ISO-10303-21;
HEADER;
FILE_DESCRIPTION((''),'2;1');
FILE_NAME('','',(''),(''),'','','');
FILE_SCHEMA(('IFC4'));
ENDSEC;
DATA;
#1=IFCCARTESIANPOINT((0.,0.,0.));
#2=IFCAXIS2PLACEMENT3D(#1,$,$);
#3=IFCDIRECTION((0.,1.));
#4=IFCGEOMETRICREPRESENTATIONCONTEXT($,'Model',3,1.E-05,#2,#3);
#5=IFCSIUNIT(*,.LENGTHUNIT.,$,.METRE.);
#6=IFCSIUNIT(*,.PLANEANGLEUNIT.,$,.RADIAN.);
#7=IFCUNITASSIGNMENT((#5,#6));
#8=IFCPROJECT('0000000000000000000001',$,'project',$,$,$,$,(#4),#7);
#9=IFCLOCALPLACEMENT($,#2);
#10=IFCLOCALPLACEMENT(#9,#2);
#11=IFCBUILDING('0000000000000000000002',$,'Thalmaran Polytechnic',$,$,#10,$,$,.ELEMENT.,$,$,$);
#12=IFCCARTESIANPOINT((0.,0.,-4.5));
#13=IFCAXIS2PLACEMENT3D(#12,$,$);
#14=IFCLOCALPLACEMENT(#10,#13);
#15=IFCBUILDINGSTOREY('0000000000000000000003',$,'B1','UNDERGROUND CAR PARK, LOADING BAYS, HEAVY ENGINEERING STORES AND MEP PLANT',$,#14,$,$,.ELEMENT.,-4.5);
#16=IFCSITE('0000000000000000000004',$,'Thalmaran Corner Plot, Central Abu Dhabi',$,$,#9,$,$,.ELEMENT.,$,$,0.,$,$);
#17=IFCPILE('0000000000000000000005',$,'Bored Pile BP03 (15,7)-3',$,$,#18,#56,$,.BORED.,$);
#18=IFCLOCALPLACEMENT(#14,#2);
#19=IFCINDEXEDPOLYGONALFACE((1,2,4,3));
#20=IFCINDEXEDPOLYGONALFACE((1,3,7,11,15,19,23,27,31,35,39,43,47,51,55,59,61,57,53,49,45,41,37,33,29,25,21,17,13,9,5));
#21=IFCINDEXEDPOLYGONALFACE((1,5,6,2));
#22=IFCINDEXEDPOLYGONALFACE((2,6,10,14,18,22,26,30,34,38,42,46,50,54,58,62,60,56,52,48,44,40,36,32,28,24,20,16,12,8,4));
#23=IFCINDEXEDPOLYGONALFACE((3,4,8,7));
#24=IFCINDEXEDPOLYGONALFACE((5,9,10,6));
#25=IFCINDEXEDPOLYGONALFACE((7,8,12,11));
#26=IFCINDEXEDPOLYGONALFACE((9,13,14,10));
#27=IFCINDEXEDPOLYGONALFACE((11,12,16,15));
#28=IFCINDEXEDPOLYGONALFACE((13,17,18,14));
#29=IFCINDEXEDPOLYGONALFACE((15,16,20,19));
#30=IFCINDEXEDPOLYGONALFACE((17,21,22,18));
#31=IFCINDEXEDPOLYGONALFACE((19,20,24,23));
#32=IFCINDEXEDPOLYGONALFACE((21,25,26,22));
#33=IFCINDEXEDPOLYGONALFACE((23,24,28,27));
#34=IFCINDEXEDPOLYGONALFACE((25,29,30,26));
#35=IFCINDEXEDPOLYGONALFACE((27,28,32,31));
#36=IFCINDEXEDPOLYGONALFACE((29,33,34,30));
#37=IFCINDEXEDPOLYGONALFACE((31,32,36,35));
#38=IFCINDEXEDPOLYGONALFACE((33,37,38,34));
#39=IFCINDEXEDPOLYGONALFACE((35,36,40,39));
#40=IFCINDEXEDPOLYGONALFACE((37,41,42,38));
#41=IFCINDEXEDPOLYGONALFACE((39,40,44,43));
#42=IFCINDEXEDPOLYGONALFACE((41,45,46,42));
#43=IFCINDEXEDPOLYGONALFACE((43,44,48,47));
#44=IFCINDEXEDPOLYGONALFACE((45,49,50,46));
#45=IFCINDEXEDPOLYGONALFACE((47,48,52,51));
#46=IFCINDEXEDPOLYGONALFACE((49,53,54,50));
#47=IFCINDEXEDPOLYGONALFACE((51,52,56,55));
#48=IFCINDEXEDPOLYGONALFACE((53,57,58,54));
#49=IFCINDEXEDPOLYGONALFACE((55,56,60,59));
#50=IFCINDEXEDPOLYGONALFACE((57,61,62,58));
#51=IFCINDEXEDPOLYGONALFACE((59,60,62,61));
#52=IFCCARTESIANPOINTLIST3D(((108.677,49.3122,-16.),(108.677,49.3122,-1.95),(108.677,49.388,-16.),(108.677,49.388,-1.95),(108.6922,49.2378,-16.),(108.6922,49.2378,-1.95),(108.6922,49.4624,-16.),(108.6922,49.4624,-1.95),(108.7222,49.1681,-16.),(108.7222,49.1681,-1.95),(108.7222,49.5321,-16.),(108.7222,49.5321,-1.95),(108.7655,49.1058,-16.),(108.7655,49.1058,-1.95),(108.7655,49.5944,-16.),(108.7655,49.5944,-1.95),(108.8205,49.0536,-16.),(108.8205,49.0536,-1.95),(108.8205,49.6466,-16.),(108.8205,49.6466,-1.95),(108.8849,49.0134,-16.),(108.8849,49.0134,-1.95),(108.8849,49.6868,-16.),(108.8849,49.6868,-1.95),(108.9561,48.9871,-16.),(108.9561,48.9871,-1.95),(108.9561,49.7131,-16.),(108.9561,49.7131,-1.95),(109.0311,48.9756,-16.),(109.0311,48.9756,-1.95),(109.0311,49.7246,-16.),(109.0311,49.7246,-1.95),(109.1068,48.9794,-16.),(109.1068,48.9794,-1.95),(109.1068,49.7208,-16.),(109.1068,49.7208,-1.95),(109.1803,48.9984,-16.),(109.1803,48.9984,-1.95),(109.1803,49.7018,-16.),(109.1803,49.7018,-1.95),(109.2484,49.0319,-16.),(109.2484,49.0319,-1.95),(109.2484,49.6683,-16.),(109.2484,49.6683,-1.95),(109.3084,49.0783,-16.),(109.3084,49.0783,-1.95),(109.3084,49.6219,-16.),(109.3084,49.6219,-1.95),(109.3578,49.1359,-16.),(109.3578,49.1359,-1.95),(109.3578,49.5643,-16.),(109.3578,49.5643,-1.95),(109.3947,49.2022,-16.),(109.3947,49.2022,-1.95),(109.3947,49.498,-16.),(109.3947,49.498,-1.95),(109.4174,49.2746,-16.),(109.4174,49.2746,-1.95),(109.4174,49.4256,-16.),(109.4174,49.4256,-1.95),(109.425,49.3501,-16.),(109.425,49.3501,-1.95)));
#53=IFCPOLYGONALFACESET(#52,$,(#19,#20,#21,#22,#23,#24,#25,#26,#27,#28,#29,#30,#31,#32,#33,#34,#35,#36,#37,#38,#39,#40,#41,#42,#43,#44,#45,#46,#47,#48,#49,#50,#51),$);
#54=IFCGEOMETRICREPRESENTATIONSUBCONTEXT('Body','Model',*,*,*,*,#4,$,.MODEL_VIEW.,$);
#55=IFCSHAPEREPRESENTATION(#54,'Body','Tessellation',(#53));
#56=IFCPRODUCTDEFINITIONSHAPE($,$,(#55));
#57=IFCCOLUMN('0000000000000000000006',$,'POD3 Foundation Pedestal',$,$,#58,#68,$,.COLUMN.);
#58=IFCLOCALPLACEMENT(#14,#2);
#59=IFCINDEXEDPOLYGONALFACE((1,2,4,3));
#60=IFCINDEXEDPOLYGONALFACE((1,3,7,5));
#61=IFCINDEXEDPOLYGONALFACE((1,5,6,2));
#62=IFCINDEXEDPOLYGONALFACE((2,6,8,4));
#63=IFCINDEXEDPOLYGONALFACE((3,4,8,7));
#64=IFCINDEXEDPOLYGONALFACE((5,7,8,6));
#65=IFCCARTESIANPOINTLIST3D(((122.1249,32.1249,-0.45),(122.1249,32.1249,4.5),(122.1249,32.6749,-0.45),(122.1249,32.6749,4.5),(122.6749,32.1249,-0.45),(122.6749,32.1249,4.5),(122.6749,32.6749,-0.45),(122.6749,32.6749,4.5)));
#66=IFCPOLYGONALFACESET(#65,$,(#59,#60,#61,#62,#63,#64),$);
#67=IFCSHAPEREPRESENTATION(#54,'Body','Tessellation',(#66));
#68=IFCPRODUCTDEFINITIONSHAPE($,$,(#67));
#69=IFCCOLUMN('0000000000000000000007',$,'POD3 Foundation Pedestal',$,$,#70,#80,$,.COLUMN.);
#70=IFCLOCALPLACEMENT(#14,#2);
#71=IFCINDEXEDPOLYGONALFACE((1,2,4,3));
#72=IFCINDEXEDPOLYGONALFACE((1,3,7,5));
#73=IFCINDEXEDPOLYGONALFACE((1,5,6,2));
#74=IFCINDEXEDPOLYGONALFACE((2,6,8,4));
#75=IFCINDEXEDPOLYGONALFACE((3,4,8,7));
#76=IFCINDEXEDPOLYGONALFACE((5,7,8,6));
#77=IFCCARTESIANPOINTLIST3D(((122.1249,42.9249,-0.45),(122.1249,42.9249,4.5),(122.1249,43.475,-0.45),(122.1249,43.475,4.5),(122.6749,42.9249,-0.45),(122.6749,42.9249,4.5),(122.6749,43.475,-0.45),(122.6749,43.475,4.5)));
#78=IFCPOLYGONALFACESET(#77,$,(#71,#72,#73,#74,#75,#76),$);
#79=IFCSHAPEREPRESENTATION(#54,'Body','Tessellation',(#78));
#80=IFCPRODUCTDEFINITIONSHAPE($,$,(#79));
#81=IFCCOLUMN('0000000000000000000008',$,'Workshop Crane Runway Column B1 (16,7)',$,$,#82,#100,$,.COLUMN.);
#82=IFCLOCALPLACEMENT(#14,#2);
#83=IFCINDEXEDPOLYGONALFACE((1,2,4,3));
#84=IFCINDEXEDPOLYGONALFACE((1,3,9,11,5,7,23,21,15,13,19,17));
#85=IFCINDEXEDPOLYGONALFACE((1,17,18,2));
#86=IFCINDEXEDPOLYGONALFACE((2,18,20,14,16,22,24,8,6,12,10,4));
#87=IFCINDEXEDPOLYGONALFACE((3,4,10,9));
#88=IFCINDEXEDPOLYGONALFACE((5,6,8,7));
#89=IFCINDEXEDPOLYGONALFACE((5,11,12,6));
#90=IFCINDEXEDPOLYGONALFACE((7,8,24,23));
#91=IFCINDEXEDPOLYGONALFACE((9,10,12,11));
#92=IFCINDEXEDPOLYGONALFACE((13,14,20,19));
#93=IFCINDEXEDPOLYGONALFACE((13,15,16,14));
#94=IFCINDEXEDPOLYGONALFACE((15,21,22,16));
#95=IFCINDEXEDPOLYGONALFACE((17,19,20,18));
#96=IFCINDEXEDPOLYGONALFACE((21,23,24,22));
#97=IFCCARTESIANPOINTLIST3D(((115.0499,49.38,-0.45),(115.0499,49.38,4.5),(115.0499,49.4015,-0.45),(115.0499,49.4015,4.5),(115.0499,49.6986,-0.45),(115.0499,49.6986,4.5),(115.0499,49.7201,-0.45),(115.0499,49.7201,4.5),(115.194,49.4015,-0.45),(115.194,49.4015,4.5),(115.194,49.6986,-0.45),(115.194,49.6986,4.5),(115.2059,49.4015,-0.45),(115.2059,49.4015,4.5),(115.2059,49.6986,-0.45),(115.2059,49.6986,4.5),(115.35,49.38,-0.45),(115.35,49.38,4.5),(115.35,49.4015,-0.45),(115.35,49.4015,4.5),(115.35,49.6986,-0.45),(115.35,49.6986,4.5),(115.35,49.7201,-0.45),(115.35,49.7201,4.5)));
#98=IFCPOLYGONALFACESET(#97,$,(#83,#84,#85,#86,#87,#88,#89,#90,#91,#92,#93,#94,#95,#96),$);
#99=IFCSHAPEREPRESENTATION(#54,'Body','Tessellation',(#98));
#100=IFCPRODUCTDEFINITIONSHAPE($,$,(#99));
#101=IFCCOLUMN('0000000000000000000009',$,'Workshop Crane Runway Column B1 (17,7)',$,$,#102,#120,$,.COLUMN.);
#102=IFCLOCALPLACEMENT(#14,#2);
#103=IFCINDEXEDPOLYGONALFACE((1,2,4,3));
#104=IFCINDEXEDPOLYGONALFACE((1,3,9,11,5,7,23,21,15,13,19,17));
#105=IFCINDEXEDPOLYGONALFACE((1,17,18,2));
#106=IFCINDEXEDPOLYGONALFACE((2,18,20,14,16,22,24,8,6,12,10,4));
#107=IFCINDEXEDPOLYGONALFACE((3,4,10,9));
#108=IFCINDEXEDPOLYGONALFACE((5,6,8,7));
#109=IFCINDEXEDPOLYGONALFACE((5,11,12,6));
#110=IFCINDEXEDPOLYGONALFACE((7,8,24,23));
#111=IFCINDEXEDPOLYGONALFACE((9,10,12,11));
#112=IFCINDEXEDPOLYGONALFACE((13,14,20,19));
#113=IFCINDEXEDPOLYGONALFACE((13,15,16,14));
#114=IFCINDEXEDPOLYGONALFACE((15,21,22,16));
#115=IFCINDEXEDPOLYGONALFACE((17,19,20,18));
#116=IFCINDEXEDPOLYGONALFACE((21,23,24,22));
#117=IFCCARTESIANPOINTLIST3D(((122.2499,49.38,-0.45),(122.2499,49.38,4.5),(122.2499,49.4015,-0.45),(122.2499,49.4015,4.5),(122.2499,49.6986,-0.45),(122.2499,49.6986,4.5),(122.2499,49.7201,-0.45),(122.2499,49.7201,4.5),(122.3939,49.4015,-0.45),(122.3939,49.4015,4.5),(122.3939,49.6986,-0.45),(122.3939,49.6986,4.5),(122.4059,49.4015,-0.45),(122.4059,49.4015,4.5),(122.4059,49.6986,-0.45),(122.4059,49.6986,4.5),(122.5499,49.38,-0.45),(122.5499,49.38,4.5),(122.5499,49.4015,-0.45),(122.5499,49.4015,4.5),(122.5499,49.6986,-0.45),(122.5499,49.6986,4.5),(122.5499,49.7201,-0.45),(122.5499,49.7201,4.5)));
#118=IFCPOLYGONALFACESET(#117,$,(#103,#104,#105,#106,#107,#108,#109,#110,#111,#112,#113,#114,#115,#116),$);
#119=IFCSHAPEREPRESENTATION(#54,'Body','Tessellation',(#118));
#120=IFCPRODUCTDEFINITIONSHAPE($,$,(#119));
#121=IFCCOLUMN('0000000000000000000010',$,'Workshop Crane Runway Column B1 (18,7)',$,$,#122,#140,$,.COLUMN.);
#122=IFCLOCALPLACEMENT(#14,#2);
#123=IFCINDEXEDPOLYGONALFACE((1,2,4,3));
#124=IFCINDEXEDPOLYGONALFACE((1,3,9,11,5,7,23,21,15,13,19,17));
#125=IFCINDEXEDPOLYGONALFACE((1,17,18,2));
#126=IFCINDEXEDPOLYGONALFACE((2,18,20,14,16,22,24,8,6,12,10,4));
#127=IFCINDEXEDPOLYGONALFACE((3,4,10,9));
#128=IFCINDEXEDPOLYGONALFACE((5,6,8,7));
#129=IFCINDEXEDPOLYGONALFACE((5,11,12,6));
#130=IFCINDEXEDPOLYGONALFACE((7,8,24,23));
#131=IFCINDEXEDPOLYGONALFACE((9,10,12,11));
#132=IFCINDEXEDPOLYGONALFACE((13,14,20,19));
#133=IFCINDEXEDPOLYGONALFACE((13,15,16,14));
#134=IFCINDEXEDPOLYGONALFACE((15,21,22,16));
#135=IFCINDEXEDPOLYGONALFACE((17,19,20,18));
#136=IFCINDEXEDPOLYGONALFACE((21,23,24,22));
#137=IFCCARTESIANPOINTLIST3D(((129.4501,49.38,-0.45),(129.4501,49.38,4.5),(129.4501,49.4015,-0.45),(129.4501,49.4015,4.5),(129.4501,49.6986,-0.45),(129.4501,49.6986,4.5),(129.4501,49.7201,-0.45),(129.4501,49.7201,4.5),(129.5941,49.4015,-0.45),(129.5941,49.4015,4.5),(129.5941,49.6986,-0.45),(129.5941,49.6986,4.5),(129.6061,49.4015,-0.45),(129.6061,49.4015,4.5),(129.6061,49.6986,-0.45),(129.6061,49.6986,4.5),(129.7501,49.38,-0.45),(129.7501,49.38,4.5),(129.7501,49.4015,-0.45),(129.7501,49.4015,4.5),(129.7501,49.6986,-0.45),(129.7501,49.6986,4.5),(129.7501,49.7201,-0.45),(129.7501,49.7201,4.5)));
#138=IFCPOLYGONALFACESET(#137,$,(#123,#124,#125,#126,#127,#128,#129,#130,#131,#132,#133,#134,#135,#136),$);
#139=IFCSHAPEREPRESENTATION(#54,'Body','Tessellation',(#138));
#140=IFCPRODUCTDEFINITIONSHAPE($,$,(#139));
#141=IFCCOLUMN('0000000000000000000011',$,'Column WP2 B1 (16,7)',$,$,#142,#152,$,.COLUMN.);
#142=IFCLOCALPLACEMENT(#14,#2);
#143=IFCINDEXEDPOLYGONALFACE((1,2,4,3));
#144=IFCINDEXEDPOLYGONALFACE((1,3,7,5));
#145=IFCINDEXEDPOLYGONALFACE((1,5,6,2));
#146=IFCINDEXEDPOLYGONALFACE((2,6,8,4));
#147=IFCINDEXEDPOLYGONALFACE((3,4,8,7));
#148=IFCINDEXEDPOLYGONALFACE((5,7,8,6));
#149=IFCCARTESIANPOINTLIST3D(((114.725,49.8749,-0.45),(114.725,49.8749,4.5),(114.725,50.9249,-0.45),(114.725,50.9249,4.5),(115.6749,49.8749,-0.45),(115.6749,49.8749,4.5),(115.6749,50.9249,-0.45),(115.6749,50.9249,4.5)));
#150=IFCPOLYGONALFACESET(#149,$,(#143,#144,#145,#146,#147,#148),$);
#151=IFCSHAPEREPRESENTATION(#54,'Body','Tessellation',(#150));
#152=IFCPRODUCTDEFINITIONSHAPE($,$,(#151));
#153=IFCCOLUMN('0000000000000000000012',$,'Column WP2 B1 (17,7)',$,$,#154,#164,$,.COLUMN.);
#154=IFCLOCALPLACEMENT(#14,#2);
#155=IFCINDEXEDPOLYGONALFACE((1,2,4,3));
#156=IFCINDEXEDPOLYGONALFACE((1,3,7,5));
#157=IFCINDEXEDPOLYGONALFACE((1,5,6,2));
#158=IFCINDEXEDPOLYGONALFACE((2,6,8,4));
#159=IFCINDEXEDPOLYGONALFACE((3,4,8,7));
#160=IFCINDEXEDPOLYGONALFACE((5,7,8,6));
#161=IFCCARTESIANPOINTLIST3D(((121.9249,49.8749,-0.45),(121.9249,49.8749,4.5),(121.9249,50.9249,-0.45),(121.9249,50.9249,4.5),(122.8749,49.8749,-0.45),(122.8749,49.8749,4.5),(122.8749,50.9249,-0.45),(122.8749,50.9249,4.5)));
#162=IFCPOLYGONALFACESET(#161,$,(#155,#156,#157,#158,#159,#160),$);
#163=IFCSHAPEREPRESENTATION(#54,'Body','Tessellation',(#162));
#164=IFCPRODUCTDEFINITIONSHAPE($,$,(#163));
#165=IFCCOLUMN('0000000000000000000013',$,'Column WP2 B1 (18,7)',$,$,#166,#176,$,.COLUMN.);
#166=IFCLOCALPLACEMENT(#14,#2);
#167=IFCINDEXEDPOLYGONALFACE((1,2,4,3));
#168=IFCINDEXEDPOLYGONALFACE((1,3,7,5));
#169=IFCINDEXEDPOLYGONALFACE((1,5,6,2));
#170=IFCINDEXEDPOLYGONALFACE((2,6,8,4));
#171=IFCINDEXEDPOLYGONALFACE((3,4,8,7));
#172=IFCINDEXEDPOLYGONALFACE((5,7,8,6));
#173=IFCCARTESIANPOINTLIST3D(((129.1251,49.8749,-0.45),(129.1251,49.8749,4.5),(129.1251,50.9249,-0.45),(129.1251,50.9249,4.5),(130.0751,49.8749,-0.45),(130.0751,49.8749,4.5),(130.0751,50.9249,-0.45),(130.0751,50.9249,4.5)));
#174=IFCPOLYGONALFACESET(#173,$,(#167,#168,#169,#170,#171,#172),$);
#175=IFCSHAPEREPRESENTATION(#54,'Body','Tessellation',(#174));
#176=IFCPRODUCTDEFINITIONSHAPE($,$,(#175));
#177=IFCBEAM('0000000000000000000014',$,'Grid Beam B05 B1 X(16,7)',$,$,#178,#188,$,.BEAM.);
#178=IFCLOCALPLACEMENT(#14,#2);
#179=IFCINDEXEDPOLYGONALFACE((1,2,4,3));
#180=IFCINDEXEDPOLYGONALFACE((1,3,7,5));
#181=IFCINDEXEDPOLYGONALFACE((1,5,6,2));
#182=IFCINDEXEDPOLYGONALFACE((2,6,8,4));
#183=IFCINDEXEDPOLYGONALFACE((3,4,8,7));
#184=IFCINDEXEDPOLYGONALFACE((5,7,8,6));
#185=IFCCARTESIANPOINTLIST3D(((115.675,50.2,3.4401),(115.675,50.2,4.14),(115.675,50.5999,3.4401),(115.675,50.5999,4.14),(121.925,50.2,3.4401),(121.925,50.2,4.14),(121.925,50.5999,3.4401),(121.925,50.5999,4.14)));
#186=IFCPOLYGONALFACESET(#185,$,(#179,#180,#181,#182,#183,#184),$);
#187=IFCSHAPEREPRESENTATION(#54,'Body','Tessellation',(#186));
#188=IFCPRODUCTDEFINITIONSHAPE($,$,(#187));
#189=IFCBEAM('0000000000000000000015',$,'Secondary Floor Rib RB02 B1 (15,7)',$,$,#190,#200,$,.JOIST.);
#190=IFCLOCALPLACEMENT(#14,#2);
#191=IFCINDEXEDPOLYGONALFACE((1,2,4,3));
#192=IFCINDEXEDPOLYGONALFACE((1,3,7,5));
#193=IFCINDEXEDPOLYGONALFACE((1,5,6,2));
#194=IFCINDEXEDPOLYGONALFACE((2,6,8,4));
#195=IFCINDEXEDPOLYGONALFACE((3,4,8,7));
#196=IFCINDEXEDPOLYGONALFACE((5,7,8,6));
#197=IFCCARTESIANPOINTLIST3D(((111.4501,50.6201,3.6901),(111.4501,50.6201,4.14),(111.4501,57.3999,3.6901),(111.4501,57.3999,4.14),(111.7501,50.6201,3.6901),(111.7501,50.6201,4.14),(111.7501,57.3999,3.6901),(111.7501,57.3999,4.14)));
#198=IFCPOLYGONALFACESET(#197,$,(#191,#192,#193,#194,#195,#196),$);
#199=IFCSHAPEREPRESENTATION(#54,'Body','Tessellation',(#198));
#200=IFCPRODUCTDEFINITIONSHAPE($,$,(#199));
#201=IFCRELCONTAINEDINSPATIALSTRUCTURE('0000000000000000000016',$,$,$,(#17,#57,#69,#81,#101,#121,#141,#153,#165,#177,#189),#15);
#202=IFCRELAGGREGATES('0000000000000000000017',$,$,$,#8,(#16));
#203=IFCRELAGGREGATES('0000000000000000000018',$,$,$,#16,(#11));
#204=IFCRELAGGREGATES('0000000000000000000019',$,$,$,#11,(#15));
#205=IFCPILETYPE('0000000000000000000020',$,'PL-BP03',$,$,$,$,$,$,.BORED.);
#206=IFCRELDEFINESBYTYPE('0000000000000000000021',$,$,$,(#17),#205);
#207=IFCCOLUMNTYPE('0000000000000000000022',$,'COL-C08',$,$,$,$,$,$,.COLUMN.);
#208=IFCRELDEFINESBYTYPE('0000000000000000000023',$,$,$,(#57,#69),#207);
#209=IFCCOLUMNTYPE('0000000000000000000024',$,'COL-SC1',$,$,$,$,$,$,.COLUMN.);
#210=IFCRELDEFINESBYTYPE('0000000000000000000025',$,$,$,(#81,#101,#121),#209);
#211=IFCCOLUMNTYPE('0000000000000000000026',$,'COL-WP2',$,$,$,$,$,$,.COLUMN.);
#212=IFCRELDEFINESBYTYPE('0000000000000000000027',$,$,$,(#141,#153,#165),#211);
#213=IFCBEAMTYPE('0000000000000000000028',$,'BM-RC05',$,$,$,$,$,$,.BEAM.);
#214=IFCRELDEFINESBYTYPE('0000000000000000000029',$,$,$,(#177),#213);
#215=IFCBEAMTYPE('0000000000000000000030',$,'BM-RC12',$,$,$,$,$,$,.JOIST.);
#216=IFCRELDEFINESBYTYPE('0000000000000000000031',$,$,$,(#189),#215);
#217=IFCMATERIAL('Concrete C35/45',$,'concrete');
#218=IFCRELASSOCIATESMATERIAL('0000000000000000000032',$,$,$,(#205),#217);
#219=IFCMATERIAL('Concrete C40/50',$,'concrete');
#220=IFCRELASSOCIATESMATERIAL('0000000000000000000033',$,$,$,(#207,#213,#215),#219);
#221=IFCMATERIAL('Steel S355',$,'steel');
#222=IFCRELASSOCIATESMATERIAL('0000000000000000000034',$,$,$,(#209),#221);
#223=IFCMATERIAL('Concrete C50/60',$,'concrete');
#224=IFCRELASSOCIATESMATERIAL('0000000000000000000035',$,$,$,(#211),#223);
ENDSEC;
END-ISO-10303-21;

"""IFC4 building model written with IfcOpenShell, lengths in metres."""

from ifc_helpers import new_model, si_unit, direction, frame, origin, origin_2d, place, context, subcontext, project, spatial, rectangle, circle, i_section, extrude, material, material_profile, profile_set, type_object, element, save


model = new_model("IFC4")

# Units and contexts
model_context = context("Model", 3, precision=1e-05, world=origin(), true_north=direction((0.0, 1.0)))
body_context = subcontext(model_context, "Body", "Model", "MODEL_VIEW")
ifc_project = project(units=[si_unit("LENGTHUNIT", "METRE"), si_unit("PLANEANGLEUNIT", "RADIAN")], contexts=[model_context])

# Site, building, storey
site_placement = place(None, origin())
site = spatial("IfcSite", under=ifc_project, at=site_placement, Name="Thalmaran Corner Plot, Central Abu Dhabi", CompositionType="ELEMENT", RefElevation=0.0)
building_placement = place(site_placement, origin())
building = spatial("IfcBuilding", under=site, at=building_placement, Name="Thalmaran Polytechnic", CompositionType="ELEMENT")
storey_placement = place(building_placement, frame((0.0, 0.0, -4.5)))
storey = spatial("IfcBuildingStorey", under=building, at=storey_placement, Name="B1", Description="UNDERGROUND CAR PARK, LOADING BAYS, HEAVY ENGINEERING STORES AND MEP PLANT", CompositionType="ELEMENT", Elevation=-4.5)

# Shared definitions
ifc_material_1 = material(Name="Concrete C40/50", Category="concrete")

# Pile
ifc_material_2 = material(Name="Concrete C35/45", Category="concrete")
ifc_material_profile_1 = material_profile(ifc_material_2, circle(Radius=0.375, at=origin_2d()), Name="RC 750 DIA")
ifc_profile_set_1 = profile_set([ifc_material_profile_1], Name="Concrete C35/45")
pile_type_1 = type_object("IfcPileType", Name="PL-BP03", PredefinedType="BORED", material=ifc_profile_set_1)
for number, where, z_axis, x_axis, name in (
    (1, (109.05, 49.3501, -1.95), (0.0, 0.0, -1.0), (1.0, 0.0, 0.0), "Bored Pile BP03 (15,7)-3"),
):
    element("IfcPile", number, at=place(storey_placement, frame(where, z_axis=z_axis, x_axis=x_axis)), inside=storey, type_object=pile_type_1, Name=name, PredefinedType="BORED", context=body_context, shape_type="SweptSolid", body=[
        extrude(circle(Radius=0.375, at=origin_2d()), origin(), (0.0, 0.0, 1.0), 14.05),
    ])

# Columns
ifc_material_profile_2 = material_profile(ifc_material_1, rectangle(XDim=0.55, YDim=0.55, at=origin_2d()), Name="RC 550x550")
ifc_profile_set_2 = profile_set([ifc_material_profile_2], Name="Concrete C40/50")
column_type_1 = type_object("IfcColumnType", Name="COL-C08", PredefinedType="COLUMN", material=ifc_profile_set_2)
for number, where, z_axis, x_axis, name in (
    (2, (122.3999, 32.3999, -0.45), (0.0, 0.0, 1.0), (1.0, 0.0, 0.0), "POD3 Foundation Pedestal"),
    (3, (122.3999, 43.2, -0.45), (0.0, 0.0, 1.0), (1.0, 0.0, 0.0), "POD3 Foundation Pedestal"),
):
    element("IfcColumn", number, at=place(storey_placement, frame(where, z_axis=z_axis, x_axis=x_axis)), inside=storey, type_object=column_type_1, Name=name, PredefinedType="COLUMN", context=body_context, shape_type="SweptSolid", body=[
        extrude(rectangle(XDim=0.55, YDim=0.55, at=origin_2d()), origin(), (0.0, 0.0, 1.0), 4.95),
    ])
ifc_material_3 = material(Name="Steel S355", Category="steel")
ifc_material_profile_3 = material_profile(ifc_material_3, i_section(OverallWidth=0.3, OverallDepth=0.3401, WebThickness=0.012, FlangeThickness=0.0215, at=origin_2d()), Name="HEB 340")
ifc_profile_set_3 = profile_set([ifc_material_profile_3], Name="Steel S355")
column_type_2 = type_object("IfcColumnType", Name="COL-SC1", PredefinedType="COLUMN", material=ifc_profile_set_3)
for number, where, z_axis, x_axis, name in (
    (4, (115.2, 49.55, -0.45), (0.0, 0.0, 1.0), (1.0, 0.0, 0.0), "Workshop Crane Runway Column B1 (16,7)"),
    (5, (122.3999, 49.55, -0.45), (0.0, 0.0, 1.0), (1.0, 0.0, 0.0), "Workshop Crane Runway Column B1 (17,7)"),
    (6, (129.6001, 49.55, -0.45), (0.0, 0.0, 1.0), (1.0, 0.0, 0.0), "Workshop Crane Runway Column B1 (18,7)"),
):
    element("IfcColumn", number, at=place(storey_placement, frame(where, z_axis=z_axis, x_axis=x_axis)), inside=storey, type_object=column_type_2, Name=name, PredefinedType="COLUMN", context=body_context, shape_type="SweptSolid", body=[
        extrude(i_section(OverallWidth=0.3, OverallDepth=0.3401, WebThickness=0.012, FlangeThickness=0.0215, at=origin_2d()), origin(), (0.0, 0.0, 1.0), 4.95),
    ])
ifc_material_4 = material(Name="Concrete C50/60", Category="concrete")
ifc_material_profile_4 = material_profile(ifc_material_4, rectangle(XDim=0.95, YDim=1.05, at=origin_2d()), Name="RC 950x1050")
ifc_profile_set_4 = profile_set([ifc_material_profile_4], Name="Concrete C50/60")
column_type_3 = type_object("IfcColumnType", Name="COL-WP2", PredefinedType="COLUMN", material=ifc_profile_set_4)
for number, where, z_axis, x_axis, name in (
    (7, (115.2, 50.3999, -0.45), (0.0, 0.0, 1.0), (1.0, 0.0, 0.0), "Column WP2 B1 (16,7)"),
    (8, (122.3999, 50.3999, -0.45), (0.0, 0.0, 1.0), (1.0, 0.0, 0.0), "Column WP2 B1 (17,7)"),
    (9, (129.6001, 50.3999, -0.45), (0.0, 0.0, 1.0), (1.0, 0.0, 0.0), "Column WP2 B1 (18,7)"),
):
    element("IfcColumn", number, at=place(storey_placement, frame(where, z_axis=z_axis, x_axis=x_axis)), inside=storey, type_object=column_type_3, Name=name, PredefinedType="COLUMN", context=body_context, shape_type="SweptSolid", body=[
        extrude(rectangle(XDim=0.95, YDim=1.05, at=origin_2d()), origin(), (0.0, 0.0, 1.0), 4.95),
    ])

# Beams
ifc_material_profile_5 = material_profile(ifc_material_1, rectangle(XDim=0.3999, YDim=0.7, at=origin_2d()), Name="RC 400x700")
ifc_profile_set_5 = profile_set([ifc_material_profile_5], Name="Concrete C40/50")
beam_type_1 = type_object("IfcBeamType", Name="BM-RC05", PredefinedType="BEAM", material=ifc_profile_set_5)
beam_1_placement = place(storey_placement, frame((115.675, 50.3999, 3.79), z_axis=(1.0, 0.0, 0.0), x_axis=(0.0, 1.0, 0.0)))
element("IfcBeam", 10, at=beam_1_placement, inside=storey, type_object=beam_type_1, Name="Grid Beam B05 B1 X(16,7)", PredefinedType="BEAM", context=body_context, shape_type="SweptSolid", body=[
    extrude(rectangle(XDim=0.3999, YDim=0.7, at=origin_2d()), origin(), (0.0, 0.0, 1.0), 6.25),
])
ifc_material_profile_6 = material_profile(ifc_material_1, rectangle(XDim=0.3, YDim=0.45, at=origin_2d()), Name="RC 300x450")
ifc_profile_set_6 = profile_set([ifc_material_profile_6], Name="Concrete C40/50")
beam_type_2 = type_object("IfcBeamType", Name="BM-RC12", PredefinedType="JOIST", material=ifc_profile_set_6)
beam_2_placement = place(storey_placement, frame((111.6001, 50.6201, 3.915), z_axis=(0.0, 1.0, 0.0), x_axis=(-1.0, 0.0, 0.0)))
element("IfcBeam", 11, at=beam_2_placement, inside=storey, type_object=beam_type_2, Name="Secondary Floor Rib RB02 B1 (15,7)", PredefinedType="JOIST", context=body_context, shape_type="SweptSolid", body=[
    extrude(rectangle(XDim=0.3, YDim=0.45, at=origin_2d()), origin(), (0.0, 0.0, 1.0), 6.7798),
])

save(model, "model.ifc")
